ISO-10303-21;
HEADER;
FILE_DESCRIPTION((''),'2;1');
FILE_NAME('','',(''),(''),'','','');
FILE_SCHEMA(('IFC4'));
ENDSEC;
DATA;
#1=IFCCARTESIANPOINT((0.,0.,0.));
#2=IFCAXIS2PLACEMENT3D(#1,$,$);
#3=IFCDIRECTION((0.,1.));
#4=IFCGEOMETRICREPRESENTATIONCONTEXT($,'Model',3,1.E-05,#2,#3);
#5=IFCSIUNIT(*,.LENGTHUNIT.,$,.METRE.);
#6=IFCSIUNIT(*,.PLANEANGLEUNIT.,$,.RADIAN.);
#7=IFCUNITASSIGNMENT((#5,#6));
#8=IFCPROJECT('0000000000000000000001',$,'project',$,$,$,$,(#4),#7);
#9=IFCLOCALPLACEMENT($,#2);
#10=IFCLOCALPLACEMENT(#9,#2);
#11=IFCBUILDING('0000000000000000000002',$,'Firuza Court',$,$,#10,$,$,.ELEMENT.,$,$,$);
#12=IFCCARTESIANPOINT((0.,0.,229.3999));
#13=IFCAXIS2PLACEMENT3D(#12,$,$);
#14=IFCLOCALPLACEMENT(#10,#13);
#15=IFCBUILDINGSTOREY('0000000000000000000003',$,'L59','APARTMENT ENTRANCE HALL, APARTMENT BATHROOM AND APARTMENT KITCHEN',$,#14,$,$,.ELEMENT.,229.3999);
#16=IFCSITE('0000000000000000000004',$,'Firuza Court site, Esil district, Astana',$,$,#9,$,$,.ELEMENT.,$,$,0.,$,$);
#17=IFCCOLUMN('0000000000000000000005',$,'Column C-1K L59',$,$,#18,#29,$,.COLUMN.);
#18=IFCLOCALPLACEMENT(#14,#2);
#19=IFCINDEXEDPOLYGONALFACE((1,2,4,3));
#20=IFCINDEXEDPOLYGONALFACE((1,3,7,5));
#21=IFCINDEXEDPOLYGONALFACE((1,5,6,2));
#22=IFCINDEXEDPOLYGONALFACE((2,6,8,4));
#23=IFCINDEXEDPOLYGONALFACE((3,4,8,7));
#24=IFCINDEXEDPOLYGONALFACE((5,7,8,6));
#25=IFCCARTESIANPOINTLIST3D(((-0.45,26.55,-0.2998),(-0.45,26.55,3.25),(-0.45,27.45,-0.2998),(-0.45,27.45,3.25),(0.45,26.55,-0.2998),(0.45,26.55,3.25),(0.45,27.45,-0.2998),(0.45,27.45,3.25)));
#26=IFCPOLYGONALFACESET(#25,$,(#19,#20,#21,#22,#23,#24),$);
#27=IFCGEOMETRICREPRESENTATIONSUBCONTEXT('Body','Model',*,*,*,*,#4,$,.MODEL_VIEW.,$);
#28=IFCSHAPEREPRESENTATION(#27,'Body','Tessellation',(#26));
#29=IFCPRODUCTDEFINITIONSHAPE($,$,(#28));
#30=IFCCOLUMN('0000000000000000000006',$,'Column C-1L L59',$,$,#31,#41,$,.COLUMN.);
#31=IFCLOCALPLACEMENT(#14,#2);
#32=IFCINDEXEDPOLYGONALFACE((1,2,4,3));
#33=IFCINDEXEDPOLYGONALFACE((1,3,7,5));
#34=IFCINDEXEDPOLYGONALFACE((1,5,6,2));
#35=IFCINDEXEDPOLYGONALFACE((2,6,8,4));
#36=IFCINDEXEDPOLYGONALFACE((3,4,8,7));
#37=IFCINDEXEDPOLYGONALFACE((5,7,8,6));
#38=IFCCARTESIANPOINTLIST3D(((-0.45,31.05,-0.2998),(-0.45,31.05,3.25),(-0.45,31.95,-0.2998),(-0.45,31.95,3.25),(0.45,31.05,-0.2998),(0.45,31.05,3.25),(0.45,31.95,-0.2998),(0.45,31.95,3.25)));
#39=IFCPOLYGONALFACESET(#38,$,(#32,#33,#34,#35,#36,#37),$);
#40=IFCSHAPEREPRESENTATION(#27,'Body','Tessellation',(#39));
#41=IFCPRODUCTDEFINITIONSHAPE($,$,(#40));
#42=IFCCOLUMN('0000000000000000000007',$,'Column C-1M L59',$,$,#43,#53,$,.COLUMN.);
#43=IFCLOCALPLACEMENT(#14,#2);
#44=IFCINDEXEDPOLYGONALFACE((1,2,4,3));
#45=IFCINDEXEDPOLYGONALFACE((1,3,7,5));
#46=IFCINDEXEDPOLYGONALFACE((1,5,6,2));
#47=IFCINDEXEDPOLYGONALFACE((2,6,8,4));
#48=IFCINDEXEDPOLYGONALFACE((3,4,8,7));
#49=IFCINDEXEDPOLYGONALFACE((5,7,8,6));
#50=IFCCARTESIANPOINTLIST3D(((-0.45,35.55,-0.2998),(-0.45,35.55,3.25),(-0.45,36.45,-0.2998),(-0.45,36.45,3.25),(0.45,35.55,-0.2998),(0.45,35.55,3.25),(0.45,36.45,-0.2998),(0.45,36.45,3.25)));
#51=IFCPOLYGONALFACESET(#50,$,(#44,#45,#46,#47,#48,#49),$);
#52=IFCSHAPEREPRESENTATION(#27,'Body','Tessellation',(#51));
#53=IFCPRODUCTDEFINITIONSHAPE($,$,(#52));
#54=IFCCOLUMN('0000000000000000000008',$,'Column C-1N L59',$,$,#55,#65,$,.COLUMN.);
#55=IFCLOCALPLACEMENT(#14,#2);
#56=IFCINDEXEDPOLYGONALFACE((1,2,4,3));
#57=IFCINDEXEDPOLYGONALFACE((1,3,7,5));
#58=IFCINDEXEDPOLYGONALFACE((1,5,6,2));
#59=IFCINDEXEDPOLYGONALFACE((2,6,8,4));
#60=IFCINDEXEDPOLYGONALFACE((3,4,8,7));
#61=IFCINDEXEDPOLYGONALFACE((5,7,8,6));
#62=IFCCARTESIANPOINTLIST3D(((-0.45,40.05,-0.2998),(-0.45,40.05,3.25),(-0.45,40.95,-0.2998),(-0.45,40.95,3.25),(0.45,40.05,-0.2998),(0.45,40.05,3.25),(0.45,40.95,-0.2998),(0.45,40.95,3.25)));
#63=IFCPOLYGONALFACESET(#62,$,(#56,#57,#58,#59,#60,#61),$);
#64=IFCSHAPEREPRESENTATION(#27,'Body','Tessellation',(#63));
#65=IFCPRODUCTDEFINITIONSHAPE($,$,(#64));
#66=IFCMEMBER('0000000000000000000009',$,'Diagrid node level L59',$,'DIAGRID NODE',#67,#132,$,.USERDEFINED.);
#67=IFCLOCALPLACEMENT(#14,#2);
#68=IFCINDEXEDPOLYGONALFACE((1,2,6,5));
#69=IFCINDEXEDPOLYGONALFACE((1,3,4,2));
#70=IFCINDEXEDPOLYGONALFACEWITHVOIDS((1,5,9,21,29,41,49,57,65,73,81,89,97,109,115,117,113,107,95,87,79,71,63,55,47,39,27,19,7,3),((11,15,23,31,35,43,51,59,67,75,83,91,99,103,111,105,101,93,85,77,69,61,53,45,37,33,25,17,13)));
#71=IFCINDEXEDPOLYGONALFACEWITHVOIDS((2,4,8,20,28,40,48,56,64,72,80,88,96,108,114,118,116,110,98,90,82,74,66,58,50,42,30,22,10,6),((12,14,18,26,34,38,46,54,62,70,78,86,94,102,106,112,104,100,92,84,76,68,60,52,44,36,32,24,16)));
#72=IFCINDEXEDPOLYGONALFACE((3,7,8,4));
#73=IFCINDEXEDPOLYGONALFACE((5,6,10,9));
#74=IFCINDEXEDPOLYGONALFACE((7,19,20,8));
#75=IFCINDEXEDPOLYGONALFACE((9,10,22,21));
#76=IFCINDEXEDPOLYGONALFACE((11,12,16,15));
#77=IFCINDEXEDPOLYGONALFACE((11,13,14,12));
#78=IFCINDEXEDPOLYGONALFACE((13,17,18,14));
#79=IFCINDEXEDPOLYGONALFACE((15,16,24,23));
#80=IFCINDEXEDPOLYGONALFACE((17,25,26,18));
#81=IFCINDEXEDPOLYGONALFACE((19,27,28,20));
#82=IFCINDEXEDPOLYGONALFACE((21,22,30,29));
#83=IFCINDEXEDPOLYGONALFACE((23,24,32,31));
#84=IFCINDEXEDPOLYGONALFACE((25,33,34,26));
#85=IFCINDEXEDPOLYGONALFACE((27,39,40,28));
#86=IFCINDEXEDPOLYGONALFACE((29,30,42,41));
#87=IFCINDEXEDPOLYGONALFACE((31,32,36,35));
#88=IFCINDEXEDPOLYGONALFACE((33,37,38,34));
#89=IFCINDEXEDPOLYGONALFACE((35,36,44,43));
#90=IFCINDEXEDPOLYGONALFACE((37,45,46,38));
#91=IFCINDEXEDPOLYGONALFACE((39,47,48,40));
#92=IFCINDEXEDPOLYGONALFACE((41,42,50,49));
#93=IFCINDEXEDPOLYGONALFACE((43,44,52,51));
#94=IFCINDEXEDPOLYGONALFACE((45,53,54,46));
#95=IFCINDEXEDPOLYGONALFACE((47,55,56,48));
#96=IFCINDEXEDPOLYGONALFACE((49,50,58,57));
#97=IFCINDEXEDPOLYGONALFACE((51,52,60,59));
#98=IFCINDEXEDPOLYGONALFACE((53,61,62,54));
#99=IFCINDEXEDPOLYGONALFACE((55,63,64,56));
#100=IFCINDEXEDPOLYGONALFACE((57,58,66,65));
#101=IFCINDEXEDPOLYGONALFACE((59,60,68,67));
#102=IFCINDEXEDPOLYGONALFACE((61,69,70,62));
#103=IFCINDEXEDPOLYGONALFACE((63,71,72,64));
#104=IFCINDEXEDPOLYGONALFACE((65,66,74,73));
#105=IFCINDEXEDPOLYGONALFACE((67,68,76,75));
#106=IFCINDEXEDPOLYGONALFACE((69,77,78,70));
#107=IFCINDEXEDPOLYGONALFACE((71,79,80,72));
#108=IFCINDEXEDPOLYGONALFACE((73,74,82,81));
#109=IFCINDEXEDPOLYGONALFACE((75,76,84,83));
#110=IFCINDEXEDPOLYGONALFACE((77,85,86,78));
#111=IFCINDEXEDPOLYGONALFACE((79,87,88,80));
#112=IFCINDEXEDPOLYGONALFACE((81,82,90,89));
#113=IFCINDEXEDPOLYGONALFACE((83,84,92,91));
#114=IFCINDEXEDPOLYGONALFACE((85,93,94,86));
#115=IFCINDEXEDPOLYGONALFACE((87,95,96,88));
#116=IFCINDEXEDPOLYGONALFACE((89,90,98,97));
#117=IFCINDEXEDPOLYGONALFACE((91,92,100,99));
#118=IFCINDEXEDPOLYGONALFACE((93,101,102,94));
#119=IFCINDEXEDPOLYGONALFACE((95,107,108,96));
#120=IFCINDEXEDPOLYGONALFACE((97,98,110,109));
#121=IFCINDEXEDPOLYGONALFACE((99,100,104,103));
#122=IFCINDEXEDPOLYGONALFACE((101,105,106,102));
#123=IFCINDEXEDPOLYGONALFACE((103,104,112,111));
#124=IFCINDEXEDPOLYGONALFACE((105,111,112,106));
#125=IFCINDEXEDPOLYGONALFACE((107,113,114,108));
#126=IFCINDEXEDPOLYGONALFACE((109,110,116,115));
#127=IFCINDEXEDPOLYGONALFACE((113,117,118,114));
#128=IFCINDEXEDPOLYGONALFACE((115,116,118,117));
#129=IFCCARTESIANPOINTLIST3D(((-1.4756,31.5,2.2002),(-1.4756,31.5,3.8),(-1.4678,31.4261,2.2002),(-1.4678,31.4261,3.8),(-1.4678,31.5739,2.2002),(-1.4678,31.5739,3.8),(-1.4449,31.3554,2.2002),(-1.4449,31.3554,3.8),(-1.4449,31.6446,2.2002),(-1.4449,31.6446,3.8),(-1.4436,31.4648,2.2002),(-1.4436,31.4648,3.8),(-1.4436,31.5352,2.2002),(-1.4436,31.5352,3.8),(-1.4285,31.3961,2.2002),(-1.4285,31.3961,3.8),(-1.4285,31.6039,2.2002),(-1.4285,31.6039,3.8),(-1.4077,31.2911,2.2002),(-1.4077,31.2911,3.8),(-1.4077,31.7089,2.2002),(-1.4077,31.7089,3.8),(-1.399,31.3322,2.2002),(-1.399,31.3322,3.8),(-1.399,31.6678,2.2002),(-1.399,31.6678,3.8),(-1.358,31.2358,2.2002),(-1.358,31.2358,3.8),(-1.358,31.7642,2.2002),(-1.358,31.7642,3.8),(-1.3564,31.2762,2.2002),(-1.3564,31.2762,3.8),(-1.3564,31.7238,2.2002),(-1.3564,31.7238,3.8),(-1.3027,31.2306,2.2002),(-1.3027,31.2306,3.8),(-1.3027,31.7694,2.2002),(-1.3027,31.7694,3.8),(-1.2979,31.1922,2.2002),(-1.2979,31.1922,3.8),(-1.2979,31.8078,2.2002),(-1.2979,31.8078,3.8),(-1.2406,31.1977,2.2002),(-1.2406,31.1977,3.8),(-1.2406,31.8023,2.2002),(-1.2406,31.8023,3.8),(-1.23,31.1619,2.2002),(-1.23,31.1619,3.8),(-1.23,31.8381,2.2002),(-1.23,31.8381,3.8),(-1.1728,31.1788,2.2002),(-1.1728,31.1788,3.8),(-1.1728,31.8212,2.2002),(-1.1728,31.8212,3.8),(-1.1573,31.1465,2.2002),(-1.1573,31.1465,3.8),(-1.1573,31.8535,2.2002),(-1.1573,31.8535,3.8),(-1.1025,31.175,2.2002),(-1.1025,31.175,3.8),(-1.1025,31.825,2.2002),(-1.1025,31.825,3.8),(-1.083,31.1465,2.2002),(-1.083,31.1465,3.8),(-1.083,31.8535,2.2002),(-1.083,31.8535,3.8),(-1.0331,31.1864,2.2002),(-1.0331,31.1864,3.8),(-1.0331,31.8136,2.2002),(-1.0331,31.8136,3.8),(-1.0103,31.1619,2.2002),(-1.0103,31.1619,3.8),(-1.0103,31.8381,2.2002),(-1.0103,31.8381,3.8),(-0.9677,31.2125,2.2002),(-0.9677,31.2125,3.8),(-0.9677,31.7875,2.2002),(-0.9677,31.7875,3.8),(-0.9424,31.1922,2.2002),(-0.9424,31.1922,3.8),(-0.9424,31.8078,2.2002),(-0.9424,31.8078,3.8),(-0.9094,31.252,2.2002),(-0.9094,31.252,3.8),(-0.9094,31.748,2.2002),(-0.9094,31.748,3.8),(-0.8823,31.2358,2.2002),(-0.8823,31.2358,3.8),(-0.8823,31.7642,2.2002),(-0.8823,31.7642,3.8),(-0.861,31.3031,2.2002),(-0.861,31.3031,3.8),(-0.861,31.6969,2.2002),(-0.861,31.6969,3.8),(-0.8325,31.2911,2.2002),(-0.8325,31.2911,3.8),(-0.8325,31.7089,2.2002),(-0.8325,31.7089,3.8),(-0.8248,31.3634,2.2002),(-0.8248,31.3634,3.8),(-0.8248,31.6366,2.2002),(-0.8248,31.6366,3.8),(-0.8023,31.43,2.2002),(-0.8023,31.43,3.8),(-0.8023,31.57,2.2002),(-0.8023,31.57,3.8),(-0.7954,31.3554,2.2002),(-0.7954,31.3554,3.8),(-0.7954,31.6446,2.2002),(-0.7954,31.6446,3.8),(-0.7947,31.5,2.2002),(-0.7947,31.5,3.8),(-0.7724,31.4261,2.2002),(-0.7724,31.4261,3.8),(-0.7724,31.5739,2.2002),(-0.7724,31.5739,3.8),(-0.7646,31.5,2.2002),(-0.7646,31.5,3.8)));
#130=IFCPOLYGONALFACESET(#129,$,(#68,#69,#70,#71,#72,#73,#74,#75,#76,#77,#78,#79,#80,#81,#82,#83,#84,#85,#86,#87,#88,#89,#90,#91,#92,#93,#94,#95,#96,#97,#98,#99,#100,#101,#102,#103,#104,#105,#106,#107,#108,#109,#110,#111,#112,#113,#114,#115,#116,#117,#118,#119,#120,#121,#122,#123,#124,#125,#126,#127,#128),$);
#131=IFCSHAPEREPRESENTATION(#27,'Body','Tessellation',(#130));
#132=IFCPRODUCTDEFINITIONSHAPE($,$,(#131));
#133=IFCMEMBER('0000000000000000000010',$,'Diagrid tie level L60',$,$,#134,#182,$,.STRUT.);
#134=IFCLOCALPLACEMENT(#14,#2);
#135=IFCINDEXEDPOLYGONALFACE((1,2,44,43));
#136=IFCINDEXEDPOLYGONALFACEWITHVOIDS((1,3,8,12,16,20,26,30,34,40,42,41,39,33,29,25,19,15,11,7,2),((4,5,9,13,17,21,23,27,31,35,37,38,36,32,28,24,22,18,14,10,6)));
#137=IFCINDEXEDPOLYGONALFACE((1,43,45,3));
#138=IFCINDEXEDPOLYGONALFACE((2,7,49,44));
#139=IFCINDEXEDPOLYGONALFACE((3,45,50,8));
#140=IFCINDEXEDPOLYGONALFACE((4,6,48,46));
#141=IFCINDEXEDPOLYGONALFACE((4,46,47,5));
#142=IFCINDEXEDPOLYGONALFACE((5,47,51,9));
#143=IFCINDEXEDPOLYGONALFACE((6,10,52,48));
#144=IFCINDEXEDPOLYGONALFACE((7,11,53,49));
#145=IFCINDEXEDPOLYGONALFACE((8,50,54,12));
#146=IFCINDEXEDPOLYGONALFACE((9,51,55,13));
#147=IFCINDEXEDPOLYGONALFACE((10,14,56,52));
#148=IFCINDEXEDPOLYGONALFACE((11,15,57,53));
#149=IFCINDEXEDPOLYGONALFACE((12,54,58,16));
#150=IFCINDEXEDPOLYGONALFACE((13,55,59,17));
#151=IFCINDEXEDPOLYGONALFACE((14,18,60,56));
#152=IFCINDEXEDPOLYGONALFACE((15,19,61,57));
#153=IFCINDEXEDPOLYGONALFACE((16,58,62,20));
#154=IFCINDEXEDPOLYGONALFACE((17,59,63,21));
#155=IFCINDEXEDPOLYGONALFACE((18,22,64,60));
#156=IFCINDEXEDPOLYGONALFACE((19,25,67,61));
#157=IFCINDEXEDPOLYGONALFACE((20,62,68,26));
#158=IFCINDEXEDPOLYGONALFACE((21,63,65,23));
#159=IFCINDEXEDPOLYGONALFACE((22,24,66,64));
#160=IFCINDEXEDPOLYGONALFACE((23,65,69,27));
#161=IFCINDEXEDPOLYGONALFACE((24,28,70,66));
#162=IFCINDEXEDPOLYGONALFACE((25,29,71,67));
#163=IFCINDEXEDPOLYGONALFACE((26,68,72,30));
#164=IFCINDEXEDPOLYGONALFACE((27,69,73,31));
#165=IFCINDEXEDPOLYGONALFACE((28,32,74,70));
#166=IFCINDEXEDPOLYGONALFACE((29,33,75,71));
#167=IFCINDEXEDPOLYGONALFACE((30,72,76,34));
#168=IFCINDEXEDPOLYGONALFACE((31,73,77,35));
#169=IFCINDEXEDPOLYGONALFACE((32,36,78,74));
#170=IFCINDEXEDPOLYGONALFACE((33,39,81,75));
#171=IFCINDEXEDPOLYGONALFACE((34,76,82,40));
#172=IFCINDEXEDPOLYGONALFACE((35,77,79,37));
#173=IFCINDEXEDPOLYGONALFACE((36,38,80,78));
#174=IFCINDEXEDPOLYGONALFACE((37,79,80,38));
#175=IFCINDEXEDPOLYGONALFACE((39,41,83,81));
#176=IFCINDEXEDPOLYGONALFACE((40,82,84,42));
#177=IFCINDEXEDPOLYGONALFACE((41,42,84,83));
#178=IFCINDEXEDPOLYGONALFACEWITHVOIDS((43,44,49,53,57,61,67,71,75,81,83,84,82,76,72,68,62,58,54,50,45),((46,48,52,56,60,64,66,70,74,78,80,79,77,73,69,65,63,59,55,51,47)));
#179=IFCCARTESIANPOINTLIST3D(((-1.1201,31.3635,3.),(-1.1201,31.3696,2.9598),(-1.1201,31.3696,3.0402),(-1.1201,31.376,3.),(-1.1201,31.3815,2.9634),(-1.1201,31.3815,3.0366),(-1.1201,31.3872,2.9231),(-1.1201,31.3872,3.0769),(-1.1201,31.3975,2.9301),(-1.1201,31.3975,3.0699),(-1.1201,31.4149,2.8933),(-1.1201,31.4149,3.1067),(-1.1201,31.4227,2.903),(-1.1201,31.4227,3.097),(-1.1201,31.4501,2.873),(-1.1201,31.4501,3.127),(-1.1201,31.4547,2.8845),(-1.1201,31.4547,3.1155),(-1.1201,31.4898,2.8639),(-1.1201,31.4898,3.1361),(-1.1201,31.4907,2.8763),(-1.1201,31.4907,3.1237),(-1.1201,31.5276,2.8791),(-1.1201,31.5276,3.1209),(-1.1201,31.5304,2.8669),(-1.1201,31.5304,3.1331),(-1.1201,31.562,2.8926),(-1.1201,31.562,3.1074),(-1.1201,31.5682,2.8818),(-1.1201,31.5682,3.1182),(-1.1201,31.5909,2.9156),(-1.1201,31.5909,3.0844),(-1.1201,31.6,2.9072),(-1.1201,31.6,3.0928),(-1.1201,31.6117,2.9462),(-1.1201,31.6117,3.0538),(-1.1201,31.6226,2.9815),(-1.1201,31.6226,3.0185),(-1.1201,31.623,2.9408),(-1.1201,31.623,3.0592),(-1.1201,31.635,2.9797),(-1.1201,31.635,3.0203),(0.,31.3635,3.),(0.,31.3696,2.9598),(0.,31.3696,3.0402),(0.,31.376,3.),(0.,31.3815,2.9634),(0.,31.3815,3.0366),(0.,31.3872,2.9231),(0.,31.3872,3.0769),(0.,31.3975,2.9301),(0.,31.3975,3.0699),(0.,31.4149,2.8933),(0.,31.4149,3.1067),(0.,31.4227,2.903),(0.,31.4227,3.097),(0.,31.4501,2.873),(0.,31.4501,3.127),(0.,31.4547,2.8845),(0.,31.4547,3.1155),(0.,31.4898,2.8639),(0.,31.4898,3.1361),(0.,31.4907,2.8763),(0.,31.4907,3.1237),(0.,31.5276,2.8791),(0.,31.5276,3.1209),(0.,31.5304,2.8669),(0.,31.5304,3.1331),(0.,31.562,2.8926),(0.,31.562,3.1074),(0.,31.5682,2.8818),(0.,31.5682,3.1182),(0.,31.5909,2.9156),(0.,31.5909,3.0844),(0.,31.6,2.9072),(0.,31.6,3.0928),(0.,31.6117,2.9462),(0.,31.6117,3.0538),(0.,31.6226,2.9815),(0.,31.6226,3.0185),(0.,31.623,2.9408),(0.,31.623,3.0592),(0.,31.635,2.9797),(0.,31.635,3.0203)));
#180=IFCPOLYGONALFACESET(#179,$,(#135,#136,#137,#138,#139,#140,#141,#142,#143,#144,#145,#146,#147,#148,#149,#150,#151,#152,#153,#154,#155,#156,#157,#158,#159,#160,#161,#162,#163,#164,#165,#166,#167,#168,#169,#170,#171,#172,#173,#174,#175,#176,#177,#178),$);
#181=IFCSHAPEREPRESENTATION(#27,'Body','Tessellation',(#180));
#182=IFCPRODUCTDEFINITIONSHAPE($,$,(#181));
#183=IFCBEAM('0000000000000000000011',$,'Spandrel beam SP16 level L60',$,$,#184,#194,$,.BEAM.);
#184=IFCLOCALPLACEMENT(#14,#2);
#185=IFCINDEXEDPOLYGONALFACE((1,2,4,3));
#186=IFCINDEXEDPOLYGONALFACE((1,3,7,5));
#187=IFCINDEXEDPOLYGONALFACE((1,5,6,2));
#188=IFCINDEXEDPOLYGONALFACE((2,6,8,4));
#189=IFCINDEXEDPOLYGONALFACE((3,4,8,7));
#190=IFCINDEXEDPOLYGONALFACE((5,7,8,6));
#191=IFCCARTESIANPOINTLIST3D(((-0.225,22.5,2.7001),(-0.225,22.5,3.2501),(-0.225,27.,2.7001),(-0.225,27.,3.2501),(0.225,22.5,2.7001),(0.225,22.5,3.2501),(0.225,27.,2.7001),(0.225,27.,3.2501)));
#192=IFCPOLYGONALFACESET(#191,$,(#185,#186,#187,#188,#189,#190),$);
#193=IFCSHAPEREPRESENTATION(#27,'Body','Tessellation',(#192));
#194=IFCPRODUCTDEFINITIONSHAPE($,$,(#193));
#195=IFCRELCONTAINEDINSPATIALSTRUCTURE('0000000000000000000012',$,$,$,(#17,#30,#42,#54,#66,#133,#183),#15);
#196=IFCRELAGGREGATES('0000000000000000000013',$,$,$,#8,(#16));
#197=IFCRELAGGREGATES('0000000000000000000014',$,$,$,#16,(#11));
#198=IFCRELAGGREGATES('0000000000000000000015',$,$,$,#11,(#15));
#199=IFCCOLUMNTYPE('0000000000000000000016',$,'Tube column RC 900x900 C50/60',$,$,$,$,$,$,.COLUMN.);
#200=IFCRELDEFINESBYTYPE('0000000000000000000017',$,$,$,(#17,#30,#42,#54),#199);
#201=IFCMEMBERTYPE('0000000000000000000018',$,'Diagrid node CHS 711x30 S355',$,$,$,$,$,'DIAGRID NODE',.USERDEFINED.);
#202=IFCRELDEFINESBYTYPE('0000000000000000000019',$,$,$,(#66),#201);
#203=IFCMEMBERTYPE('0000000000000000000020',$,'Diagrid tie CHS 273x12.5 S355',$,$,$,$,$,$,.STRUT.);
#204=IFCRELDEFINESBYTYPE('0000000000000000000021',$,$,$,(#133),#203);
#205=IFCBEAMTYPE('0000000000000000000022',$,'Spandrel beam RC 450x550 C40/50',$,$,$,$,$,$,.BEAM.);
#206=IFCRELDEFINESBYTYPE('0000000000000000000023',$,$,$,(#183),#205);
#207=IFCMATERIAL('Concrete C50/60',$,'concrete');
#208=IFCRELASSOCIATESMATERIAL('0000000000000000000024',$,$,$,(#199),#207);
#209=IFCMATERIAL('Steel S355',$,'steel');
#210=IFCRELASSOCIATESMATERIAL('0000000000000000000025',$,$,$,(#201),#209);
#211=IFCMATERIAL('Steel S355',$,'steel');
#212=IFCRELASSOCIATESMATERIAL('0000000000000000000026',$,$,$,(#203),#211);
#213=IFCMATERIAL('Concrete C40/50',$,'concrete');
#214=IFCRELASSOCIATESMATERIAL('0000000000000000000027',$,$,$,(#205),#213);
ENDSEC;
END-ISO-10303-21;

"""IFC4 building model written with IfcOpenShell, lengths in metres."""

from ifc_helpers import new_model, si_unit, direction, frame, origin, origin_2d, place, context, subcontext, project, spatial, rectangle, hollow_circle, extrude, material, material_profile, profile_set, type_object, element, save


model = new_model("IFC4")

# Units and contexts
model_context = context("Model", 3, precision=1e-05, world=origin(), true_north=direction((0.0, 1.0)))
body_context = subcontext(model_context, "Body", "Model", "MODEL_VIEW")
ifc_project = project(units=[si_unit("LENGTHUNIT", "METRE"), si_unit("PLANEANGLEUNIT", "RADIAN")], contexts=[model_context])

# Site, building, storey
site_placement = place(None, origin())
site = spatial("IfcSite", under=ifc_project, at=site_placement, Name="Firuza Court site, Esil district, Astana", CompositionType="ELEMENT", RefElevation=0.0)
building_placement = place(site_placement, origin())
building = spatial("IfcBuilding", under=site, at=building_placement, Name="Firuza Court", CompositionType="ELEMENT")
storey_placement = place(building_placement, frame((0.0, 0.0, 229.3999)))
storey = spatial("IfcBuildingStorey", under=building, at=storey_placement, Name="L59", Description="APARTMENT ENTRANCE HALL, APARTMENT BATHROOM AND APARTMENT KITCHEN", CompositionType="ELEMENT", Elevation=229.3999)

# Columns
ifc_material_1 = material(Name="Concrete C50/60", Category="concrete")
ifc_material_profile_1 = material_profile(ifc_material_1, rectangle(XDim=0.8999, YDim=0.8999, at=origin_2d()), Name="RC 900x900")
ifc_profile_set_1 = profile_set([ifc_material_profile_1], Name="Concrete C50/60")
column_type = type_object("IfcColumnType", Name="Tube column RC 900x900 C50/60", PredefinedType="COLUMN", material=ifc_profile_set_1)
for number, where, z_axis, x_axis, name in (
    (1, (0.0, 27.0, -0.2998), (0.0, 0.0, 1.0), (1.0, 0.0, 0.0), "Column C-1K L59"),
    (2, (0.0, 31.5, -0.2998), (0.0, 0.0, 1.0), (1.0, 0.0, 0.0), "Column C-1L L59"),
    (3, (0.0, 36.0, -0.2998), (0.0, 0.0, 1.0), (1.0, 0.0, 0.0), "Column C-1M L59"),
    (4, (0.0, 40.5, -0.2998), (0.0, 0.0, 1.0), (1.0, 0.0, 0.0), "Column C-1N L59"),
):
    element("IfcColumn", number, at=place(storey_placement, frame(where, z_axis=z_axis, x_axis=x_axis)), inside=storey, type_object=column_type, Name=name, PredefinedType="COLUMN", context=body_context, shape_type="SweptSolid", body=[
        extrude(rectangle(XDim=0.8999, YDim=0.8999, at=origin_2d()), origin(), (0.0, 0.0, 1.0), 3.5498),
    ])

# Members
ifc_material_2 = material(Name="Steel S355", Category="steel")
ifc_material_profile_2 = material_profile(ifc_material_2, hollow_circle(Radius=0.3555, WallThickness=0.03, at=origin_2d()), Name="CHS 711x30")
ifc_profile_set_2 = profile_set([ifc_material_profile_2], Name="Steel S355")
member_type_1 = type_object("IfcMemberType", Name="Diagrid node CHS 711x30 S355", ElementType="DIAGRID NODE", PredefinedType="USERDEFINED", material=ifc_profile_set_2)
member_1_placement = place(storey_placement, frame((-1.1201, 31.5, 2.2002), z_axis=(0.0, 0.0, 1.0), x_axis=(1.0, 0.0, 0.0)))
element("IfcMember", 5, at=member_1_placement, inside=storey, type_object=member_type_1, Name="Diagrid node level L59", ObjectType="DIAGRID NODE", PredefinedType="USERDEFINED", context=body_context, shape_type="SweptSolid", body=[
    extrude(hollow_circle(Radius=0.3555, WallThickness=0.03, at=origin_2d()), origin(), (0.0, 0.0, 1.0), 1.5999),
])
ifc_material_3 = material(Name="Steel S355", Category="steel")
ifc_material_profile_3 = material_profile(ifc_material_3, hollow_circle(Radius=0.1365, WallThickness=0.0125, at=origin_2d()), Name="CHS 273x12.5")
ifc_profile_set_3 = profile_set([ifc_material_profile_3], Name="Steel S355")
member_type_2 = type_object("IfcMemberType", Name="Diagrid tie CHS 273x12.5 S355", PredefinedType="STRUT", material=ifc_profile_set_3)
member_2_placement = place(storey_placement, frame((0.0, 31.5, 3.0), z_axis=(-1.0, 0.0, 0.0), x_axis=(0.0, -1.0, 0.0)))
element("IfcMember", 6, at=member_2_placement, inside=storey, type_object=member_type_2, Name="Diagrid tie level L60", PredefinedType="STRUT", context=body_context, shape_type="SweptSolid", body=[
    extrude(hollow_circle(Radius=0.1365, WallThickness=0.0125, at=origin_2d()), origin(), (0.0, 0.0, 1.0), 1.1201),
])

# Beam
ifc_material_4 = material(Name="Concrete C40/50", Category="concrete")
ifc_material_profile_4 = material_profile(ifc_material_4, rectangle(XDim=0.45, YDim=0.55, at=origin_2d()), Name="RC 450x550")
ifc_profile_set_4 = profile_set([ifc_material_profile_4], Name="Concrete C40/50")
beam_type = type_object("IfcBeamType", Name="Spandrel beam RC 450x550 C40/50", PredefinedType="BEAM", material=ifc_profile_set_4)
for number, where, z_axis, x_axis, name in (
    (7, (0.0, 27.0, 2.9751), (0.0, -1.0, 0.0), (1.0, 0.0, 0.0), "Spandrel beam SP16 level L60"),
):
    element("IfcBeam", number, at=place(storey_placement, frame(where, z_axis=z_axis, x_axis=x_axis)), inside=storey, type_object=beam_type, Name=name, PredefinedType="BEAM", context=body_context, shape_type="SweptSolid", body=[
        extrude(rectangle(XDim=0.45, YDim=0.55, at=origin_2d()), origin(), (0.0, 0.0, 1.0), 4.5),
    ])

save(model, "model.ifc")
